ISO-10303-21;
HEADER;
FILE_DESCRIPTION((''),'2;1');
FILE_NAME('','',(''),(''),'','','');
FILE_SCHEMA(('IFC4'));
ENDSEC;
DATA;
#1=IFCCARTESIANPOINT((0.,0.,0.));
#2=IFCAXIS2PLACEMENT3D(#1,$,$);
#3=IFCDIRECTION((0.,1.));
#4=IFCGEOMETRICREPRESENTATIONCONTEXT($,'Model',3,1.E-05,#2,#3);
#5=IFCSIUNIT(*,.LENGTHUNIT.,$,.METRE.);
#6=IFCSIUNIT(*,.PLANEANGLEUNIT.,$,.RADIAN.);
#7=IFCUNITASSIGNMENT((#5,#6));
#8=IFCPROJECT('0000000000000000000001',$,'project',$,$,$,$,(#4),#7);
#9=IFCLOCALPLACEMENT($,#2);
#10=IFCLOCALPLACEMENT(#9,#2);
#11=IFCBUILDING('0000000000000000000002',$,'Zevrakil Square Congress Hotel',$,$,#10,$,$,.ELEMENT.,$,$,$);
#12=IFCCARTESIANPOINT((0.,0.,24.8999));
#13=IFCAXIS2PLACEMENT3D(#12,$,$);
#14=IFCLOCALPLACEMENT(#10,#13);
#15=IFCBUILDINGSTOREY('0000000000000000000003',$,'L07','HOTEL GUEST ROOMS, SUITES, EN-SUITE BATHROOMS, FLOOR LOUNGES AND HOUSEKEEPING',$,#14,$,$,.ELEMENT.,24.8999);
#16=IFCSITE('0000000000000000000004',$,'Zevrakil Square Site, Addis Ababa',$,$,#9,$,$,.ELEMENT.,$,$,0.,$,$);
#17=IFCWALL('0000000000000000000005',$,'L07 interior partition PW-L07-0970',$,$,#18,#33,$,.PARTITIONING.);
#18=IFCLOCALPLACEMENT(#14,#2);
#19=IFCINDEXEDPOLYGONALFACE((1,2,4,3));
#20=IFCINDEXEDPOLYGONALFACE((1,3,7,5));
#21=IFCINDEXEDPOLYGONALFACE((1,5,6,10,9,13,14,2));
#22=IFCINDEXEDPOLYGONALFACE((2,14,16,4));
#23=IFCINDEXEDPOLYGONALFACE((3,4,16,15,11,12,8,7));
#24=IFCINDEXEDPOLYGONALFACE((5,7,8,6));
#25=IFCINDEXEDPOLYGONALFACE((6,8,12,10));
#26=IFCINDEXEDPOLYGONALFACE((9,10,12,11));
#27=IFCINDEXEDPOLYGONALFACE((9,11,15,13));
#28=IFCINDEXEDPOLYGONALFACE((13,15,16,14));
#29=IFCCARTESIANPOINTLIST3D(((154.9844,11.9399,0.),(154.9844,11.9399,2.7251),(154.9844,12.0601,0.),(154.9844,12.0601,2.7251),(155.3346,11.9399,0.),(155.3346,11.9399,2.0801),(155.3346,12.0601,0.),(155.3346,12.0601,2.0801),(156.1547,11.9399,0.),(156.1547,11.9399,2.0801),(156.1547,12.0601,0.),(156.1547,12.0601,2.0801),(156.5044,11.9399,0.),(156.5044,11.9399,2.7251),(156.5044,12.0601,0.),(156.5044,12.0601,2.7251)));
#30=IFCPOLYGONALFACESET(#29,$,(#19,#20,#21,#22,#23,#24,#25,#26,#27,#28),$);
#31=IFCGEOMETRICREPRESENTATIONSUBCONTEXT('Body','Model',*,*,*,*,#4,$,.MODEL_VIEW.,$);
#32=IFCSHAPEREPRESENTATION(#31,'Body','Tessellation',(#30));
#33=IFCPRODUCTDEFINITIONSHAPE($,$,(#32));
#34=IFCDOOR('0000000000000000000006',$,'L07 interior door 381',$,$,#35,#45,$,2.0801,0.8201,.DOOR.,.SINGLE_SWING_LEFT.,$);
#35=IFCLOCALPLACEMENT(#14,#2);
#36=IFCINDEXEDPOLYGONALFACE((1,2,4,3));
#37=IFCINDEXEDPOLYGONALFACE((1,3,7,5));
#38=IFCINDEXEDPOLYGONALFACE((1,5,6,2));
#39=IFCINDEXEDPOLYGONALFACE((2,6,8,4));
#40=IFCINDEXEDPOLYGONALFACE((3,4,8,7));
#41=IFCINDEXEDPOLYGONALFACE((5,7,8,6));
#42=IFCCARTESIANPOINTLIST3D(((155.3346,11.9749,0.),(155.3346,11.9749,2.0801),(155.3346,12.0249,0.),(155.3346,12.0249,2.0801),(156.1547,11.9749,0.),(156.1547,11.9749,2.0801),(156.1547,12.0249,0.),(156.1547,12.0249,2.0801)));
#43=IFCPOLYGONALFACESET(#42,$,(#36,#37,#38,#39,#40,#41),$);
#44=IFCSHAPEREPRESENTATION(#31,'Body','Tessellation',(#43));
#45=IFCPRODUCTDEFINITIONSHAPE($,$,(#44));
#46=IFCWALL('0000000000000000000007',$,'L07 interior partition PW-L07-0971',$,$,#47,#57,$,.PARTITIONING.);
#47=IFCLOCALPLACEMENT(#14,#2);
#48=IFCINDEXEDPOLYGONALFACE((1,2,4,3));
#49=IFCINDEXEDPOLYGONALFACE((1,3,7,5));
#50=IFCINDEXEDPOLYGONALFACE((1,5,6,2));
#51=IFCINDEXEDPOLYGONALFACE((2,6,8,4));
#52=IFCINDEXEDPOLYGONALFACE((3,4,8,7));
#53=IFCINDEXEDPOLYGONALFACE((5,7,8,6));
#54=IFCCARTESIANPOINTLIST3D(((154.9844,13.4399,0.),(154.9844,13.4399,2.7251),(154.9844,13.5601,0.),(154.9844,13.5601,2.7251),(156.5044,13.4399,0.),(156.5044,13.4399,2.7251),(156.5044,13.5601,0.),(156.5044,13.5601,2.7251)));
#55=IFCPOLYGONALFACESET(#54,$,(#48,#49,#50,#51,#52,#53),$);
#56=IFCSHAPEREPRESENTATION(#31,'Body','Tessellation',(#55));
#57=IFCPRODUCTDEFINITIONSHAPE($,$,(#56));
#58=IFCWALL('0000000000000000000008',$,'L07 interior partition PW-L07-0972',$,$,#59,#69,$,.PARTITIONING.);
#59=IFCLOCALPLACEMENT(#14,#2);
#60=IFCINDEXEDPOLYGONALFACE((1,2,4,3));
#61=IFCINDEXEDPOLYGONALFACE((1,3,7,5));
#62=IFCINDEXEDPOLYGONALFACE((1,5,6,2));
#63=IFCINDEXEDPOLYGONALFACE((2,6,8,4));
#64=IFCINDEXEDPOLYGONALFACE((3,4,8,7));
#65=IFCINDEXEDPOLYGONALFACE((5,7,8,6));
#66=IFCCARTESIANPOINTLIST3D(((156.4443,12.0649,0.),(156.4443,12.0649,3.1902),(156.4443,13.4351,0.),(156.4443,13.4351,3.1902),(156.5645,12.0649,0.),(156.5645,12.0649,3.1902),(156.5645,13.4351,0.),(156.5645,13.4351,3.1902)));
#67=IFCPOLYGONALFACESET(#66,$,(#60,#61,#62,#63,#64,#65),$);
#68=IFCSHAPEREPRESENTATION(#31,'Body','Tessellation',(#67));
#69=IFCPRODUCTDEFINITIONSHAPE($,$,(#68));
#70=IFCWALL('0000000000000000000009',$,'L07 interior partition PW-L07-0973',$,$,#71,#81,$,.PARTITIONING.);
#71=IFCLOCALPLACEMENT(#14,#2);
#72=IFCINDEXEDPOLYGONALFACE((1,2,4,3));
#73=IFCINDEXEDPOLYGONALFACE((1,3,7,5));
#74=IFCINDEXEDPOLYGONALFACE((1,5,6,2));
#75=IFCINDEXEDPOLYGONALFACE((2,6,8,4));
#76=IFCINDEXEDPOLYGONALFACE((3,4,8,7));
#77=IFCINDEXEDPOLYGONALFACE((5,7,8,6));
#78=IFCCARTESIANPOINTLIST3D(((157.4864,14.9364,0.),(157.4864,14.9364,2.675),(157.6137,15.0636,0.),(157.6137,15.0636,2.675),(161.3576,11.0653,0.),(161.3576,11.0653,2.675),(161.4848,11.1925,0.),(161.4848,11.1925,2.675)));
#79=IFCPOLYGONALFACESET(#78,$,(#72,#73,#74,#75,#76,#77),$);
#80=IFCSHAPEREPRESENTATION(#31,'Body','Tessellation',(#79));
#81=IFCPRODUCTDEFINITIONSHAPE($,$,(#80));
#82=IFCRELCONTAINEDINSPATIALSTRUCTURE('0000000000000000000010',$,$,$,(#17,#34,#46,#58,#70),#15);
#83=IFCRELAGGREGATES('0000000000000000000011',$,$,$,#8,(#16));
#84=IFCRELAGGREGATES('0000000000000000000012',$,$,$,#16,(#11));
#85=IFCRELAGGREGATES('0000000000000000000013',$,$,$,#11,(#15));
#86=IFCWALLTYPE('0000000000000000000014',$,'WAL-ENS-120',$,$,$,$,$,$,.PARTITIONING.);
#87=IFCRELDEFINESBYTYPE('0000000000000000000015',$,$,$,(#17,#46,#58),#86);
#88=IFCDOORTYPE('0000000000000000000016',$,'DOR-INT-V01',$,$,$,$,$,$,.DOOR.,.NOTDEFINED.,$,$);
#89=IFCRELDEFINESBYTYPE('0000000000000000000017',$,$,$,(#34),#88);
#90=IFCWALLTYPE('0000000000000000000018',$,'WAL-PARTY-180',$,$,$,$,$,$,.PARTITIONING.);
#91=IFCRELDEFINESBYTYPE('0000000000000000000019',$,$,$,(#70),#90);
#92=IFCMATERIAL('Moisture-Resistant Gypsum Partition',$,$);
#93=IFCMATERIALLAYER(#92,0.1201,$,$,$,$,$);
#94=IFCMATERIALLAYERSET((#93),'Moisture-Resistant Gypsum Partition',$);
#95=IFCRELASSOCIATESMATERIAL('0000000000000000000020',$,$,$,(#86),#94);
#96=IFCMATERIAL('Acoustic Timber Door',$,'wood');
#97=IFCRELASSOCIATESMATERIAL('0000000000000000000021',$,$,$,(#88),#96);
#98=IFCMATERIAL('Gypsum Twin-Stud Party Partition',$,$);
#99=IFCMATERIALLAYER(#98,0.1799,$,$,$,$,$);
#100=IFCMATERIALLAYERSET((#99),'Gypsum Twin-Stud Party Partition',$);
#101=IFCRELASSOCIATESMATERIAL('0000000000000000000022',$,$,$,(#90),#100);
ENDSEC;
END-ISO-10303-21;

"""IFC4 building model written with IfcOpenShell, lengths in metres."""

from ifc_helpers import new_model, si_unit, direction, frame, frame_2d, origin, place, context, subcontext, project, spatial, rectangle, extrude, material, layer, layer_set, type_object, element, fill, save


model = new_model("IFC4")

# Units and contexts
model_context = context("Model", 3, precision=1e-05, world=origin(), true_north=direction((0.0, 1.0)))
body_context = subcontext(model_context, "Body", "Model", "MODEL_VIEW")
ifc_project = project(units=[si_unit("LENGTHUNIT", "METRE"), si_unit("PLANEANGLEUNIT", "RADIAN")], contexts=[model_context])

# Site, building, storey
site_placement = place(None, origin())
site = spatial("IfcSite", under=ifc_project, at=site_placement, Name="Zevrakil Square Site, Addis Ababa", CompositionType="ELEMENT", RefElevation=0.0)
building_placement = place(site_placement, origin())
building = spatial("IfcBuilding", under=site, at=building_placement, Name="Zevrakil Square Congress Hotel", CompositionType="ELEMENT")
storey_placement = place(building_placement, frame((0.0, 0.0, 24.8999)))
storey = spatial("IfcBuildingStorey", under=building, at=storey_placement, Name="L07", Description="HOTEL GUEST ROOMS, SUITES, EN-SUITE BATHROOMS, FLOOR LOUNGES AND HOUSEKEEPING", CompositionType="ELEMENT", Elevation=24.8999)

# Shared definitions
ifc_material_1 = material(Name="Moisture-Resistant Gypsum Partition")
ifc_layer_1 = layer(ifc_material_1, 0.1201)
ifc_layer_set_1 = layer_set([ifc_layer_1], Name="Moisture-Resistant Gypsum Partition")
wall_type_1 = type_object("IfcWallType", Name="WAL-ENS-120", PredefinedType="PARTITIONING", material=ifc_layer_set_1)

# Wall, opening, door
wall_1_placement = place(storey_placement, frame((154.9844, 12.0, 0.0), z_axis=(0.0, 0.0, 1.0), x_axis=(1.0, 0.0, 0.0)))
wall_1 = element("IfcWall", 1, at=wall_1_placement, inside=storey, type_object=wall_type_1, Name="L07 interior partition PW-L07-0970", PredefinedType="PARTITIONING", context=body_context, shape_type="SweptSolid", body=[
    extrude(rectangle(XDim=1.52, YDim=0.1201, at=frame_2d((0.76, 0.0))), origin(), (0.0, 0.0, 1.0), 2.7251),
])
opening_1_placement = place(wall_1_placement, frame((0.3501, 0.0, 0.0)))
opening_1 = element("IfcOpeningElement", 2, at=opening_1_placement, cuts=wall_1, PredefinedType="OPENING", context=body_context, shape_type="SweptSolid", body=[
    extrude(rectangle(XDim=0.8201, YDim=2.0801, at=frame_2d((0.4102, 1.04))), frame((0.0, 0.0701, 0.0), z_axis=(0.0, -1.0, 0.0), x_axis=(1.0, 0.0, 0.0)), (0.0, 0.0, 1.0), 0.1401),
])
ifc_material_2 = material(Name="Acoustic Timber Door", Category="wood")
door_type_1 = type_object("IfcDoorType", Name="DOR-INT-V01", OperationType="NOTDEFINED", PredefinedType="DOOR", material=ifc_material_2)
door_1_placement = place(opening_1_placement, origin())
door_1 = element("IfcDoor", 3, at=door_1_placement, inside=storey, type_object=door_type_1, Name="L07 interior door 381", OperationType="SINGLE_SWING_LEFT", OverallHeight=2.0801, OverallWidth=0.8201, PredefinedType="DOOR", context=body_context, shape_type="SweptSolid", body=[
    extrude(rectangle(XDim=0.8201, YDim=2.0801, at=frame_2d((0.4102, 1.04))), frame((0.0, 0.0249, 0.0), z_axis=(0.0, -1.0, 0.0), x_axis=(1.0, 0.0, 0.0)), (0.0, 0.0, 1.0), 0.05),
])
fill(opening_1, door_1)

# Walls
wall_2_placement = place(storey_placement, frame((154.9844, 13.5, 0.0), z_axis=(0.0, 0.0, 1.0), x_axis=(1.0, 0.0, 0.0)))
element("IfcWall", 4, at=wall_2_placement, inside=storey, type_object=wall_type_1, Name="L07 interior partition PW-L07-0971", PredefinedType="PARTITIONING", context=body_context, shape_type="SweptSolid", body=[
    extrude(rectangle(XDim=1.52, YDim=0.1201, at=frame_2d((0.76, 0.0))), origin(), (0.0, 0.0, 1.0), 2.7251),
])
wall_3_placement = place(storey_placement, frame((156.5044, 12.0649, 0.0), z_axis=(0.0, 0.0, 1.0), x_axis=(0.0, 1.0, 0.0)))
element("IfcWall", 5, at=wall_3_placement, inside=storey, type_object=wall_type_1, Name="L07 interior partition PW-L07-0972", PredefinedType="PARTITIONING", context=body_context, shape_type="SweptSolid", body=[
    extrude(rectangle(XDim=1.3701, YDim=0.1201, at=frame_2d((0.6851, 0.0))), origin(), (0.0, 0.0, 1.0), 3.1902),
])
ifc_material_3 = material(Name="Gypsum Twin-Stud Party Partition")
ifc_layer_2 = layer(ifc_material_3, 0.1799)
ifc_layer_set_2 = layer_set([ifc_layer_2], Name="Gypsum Twin-Stud Party Partition")
wall_type_2 = type_object("IfcWallType", Name="WAL-PARTY-180", PredefinedType="PARTITIONING", material=ifc_layer_set_2)
wall_4_placement = place(storey_placement, frame((157.55, 15.0, 0.0), z_axis=(0.0, 0.0, 1.0), x_axis=(0.707107, -0.707107, 0.0)))
element("IfcWall", 6, at=wall_4_placement, inside=storey, type_object=wall_type_2, Name="L07 interior partition PW-L07-0973", PredefinedType="PARTITIONING", context=body_context, shape_type="SweptSolid", body=[
    extrude(rectangle(XDim=5.4746, YDim=0.1799, at=frame_2d((2.7373, 0.0))), origin(), (0.0, 0.0, 1.0), 2.675),
])

save(model, "model.ifc")
